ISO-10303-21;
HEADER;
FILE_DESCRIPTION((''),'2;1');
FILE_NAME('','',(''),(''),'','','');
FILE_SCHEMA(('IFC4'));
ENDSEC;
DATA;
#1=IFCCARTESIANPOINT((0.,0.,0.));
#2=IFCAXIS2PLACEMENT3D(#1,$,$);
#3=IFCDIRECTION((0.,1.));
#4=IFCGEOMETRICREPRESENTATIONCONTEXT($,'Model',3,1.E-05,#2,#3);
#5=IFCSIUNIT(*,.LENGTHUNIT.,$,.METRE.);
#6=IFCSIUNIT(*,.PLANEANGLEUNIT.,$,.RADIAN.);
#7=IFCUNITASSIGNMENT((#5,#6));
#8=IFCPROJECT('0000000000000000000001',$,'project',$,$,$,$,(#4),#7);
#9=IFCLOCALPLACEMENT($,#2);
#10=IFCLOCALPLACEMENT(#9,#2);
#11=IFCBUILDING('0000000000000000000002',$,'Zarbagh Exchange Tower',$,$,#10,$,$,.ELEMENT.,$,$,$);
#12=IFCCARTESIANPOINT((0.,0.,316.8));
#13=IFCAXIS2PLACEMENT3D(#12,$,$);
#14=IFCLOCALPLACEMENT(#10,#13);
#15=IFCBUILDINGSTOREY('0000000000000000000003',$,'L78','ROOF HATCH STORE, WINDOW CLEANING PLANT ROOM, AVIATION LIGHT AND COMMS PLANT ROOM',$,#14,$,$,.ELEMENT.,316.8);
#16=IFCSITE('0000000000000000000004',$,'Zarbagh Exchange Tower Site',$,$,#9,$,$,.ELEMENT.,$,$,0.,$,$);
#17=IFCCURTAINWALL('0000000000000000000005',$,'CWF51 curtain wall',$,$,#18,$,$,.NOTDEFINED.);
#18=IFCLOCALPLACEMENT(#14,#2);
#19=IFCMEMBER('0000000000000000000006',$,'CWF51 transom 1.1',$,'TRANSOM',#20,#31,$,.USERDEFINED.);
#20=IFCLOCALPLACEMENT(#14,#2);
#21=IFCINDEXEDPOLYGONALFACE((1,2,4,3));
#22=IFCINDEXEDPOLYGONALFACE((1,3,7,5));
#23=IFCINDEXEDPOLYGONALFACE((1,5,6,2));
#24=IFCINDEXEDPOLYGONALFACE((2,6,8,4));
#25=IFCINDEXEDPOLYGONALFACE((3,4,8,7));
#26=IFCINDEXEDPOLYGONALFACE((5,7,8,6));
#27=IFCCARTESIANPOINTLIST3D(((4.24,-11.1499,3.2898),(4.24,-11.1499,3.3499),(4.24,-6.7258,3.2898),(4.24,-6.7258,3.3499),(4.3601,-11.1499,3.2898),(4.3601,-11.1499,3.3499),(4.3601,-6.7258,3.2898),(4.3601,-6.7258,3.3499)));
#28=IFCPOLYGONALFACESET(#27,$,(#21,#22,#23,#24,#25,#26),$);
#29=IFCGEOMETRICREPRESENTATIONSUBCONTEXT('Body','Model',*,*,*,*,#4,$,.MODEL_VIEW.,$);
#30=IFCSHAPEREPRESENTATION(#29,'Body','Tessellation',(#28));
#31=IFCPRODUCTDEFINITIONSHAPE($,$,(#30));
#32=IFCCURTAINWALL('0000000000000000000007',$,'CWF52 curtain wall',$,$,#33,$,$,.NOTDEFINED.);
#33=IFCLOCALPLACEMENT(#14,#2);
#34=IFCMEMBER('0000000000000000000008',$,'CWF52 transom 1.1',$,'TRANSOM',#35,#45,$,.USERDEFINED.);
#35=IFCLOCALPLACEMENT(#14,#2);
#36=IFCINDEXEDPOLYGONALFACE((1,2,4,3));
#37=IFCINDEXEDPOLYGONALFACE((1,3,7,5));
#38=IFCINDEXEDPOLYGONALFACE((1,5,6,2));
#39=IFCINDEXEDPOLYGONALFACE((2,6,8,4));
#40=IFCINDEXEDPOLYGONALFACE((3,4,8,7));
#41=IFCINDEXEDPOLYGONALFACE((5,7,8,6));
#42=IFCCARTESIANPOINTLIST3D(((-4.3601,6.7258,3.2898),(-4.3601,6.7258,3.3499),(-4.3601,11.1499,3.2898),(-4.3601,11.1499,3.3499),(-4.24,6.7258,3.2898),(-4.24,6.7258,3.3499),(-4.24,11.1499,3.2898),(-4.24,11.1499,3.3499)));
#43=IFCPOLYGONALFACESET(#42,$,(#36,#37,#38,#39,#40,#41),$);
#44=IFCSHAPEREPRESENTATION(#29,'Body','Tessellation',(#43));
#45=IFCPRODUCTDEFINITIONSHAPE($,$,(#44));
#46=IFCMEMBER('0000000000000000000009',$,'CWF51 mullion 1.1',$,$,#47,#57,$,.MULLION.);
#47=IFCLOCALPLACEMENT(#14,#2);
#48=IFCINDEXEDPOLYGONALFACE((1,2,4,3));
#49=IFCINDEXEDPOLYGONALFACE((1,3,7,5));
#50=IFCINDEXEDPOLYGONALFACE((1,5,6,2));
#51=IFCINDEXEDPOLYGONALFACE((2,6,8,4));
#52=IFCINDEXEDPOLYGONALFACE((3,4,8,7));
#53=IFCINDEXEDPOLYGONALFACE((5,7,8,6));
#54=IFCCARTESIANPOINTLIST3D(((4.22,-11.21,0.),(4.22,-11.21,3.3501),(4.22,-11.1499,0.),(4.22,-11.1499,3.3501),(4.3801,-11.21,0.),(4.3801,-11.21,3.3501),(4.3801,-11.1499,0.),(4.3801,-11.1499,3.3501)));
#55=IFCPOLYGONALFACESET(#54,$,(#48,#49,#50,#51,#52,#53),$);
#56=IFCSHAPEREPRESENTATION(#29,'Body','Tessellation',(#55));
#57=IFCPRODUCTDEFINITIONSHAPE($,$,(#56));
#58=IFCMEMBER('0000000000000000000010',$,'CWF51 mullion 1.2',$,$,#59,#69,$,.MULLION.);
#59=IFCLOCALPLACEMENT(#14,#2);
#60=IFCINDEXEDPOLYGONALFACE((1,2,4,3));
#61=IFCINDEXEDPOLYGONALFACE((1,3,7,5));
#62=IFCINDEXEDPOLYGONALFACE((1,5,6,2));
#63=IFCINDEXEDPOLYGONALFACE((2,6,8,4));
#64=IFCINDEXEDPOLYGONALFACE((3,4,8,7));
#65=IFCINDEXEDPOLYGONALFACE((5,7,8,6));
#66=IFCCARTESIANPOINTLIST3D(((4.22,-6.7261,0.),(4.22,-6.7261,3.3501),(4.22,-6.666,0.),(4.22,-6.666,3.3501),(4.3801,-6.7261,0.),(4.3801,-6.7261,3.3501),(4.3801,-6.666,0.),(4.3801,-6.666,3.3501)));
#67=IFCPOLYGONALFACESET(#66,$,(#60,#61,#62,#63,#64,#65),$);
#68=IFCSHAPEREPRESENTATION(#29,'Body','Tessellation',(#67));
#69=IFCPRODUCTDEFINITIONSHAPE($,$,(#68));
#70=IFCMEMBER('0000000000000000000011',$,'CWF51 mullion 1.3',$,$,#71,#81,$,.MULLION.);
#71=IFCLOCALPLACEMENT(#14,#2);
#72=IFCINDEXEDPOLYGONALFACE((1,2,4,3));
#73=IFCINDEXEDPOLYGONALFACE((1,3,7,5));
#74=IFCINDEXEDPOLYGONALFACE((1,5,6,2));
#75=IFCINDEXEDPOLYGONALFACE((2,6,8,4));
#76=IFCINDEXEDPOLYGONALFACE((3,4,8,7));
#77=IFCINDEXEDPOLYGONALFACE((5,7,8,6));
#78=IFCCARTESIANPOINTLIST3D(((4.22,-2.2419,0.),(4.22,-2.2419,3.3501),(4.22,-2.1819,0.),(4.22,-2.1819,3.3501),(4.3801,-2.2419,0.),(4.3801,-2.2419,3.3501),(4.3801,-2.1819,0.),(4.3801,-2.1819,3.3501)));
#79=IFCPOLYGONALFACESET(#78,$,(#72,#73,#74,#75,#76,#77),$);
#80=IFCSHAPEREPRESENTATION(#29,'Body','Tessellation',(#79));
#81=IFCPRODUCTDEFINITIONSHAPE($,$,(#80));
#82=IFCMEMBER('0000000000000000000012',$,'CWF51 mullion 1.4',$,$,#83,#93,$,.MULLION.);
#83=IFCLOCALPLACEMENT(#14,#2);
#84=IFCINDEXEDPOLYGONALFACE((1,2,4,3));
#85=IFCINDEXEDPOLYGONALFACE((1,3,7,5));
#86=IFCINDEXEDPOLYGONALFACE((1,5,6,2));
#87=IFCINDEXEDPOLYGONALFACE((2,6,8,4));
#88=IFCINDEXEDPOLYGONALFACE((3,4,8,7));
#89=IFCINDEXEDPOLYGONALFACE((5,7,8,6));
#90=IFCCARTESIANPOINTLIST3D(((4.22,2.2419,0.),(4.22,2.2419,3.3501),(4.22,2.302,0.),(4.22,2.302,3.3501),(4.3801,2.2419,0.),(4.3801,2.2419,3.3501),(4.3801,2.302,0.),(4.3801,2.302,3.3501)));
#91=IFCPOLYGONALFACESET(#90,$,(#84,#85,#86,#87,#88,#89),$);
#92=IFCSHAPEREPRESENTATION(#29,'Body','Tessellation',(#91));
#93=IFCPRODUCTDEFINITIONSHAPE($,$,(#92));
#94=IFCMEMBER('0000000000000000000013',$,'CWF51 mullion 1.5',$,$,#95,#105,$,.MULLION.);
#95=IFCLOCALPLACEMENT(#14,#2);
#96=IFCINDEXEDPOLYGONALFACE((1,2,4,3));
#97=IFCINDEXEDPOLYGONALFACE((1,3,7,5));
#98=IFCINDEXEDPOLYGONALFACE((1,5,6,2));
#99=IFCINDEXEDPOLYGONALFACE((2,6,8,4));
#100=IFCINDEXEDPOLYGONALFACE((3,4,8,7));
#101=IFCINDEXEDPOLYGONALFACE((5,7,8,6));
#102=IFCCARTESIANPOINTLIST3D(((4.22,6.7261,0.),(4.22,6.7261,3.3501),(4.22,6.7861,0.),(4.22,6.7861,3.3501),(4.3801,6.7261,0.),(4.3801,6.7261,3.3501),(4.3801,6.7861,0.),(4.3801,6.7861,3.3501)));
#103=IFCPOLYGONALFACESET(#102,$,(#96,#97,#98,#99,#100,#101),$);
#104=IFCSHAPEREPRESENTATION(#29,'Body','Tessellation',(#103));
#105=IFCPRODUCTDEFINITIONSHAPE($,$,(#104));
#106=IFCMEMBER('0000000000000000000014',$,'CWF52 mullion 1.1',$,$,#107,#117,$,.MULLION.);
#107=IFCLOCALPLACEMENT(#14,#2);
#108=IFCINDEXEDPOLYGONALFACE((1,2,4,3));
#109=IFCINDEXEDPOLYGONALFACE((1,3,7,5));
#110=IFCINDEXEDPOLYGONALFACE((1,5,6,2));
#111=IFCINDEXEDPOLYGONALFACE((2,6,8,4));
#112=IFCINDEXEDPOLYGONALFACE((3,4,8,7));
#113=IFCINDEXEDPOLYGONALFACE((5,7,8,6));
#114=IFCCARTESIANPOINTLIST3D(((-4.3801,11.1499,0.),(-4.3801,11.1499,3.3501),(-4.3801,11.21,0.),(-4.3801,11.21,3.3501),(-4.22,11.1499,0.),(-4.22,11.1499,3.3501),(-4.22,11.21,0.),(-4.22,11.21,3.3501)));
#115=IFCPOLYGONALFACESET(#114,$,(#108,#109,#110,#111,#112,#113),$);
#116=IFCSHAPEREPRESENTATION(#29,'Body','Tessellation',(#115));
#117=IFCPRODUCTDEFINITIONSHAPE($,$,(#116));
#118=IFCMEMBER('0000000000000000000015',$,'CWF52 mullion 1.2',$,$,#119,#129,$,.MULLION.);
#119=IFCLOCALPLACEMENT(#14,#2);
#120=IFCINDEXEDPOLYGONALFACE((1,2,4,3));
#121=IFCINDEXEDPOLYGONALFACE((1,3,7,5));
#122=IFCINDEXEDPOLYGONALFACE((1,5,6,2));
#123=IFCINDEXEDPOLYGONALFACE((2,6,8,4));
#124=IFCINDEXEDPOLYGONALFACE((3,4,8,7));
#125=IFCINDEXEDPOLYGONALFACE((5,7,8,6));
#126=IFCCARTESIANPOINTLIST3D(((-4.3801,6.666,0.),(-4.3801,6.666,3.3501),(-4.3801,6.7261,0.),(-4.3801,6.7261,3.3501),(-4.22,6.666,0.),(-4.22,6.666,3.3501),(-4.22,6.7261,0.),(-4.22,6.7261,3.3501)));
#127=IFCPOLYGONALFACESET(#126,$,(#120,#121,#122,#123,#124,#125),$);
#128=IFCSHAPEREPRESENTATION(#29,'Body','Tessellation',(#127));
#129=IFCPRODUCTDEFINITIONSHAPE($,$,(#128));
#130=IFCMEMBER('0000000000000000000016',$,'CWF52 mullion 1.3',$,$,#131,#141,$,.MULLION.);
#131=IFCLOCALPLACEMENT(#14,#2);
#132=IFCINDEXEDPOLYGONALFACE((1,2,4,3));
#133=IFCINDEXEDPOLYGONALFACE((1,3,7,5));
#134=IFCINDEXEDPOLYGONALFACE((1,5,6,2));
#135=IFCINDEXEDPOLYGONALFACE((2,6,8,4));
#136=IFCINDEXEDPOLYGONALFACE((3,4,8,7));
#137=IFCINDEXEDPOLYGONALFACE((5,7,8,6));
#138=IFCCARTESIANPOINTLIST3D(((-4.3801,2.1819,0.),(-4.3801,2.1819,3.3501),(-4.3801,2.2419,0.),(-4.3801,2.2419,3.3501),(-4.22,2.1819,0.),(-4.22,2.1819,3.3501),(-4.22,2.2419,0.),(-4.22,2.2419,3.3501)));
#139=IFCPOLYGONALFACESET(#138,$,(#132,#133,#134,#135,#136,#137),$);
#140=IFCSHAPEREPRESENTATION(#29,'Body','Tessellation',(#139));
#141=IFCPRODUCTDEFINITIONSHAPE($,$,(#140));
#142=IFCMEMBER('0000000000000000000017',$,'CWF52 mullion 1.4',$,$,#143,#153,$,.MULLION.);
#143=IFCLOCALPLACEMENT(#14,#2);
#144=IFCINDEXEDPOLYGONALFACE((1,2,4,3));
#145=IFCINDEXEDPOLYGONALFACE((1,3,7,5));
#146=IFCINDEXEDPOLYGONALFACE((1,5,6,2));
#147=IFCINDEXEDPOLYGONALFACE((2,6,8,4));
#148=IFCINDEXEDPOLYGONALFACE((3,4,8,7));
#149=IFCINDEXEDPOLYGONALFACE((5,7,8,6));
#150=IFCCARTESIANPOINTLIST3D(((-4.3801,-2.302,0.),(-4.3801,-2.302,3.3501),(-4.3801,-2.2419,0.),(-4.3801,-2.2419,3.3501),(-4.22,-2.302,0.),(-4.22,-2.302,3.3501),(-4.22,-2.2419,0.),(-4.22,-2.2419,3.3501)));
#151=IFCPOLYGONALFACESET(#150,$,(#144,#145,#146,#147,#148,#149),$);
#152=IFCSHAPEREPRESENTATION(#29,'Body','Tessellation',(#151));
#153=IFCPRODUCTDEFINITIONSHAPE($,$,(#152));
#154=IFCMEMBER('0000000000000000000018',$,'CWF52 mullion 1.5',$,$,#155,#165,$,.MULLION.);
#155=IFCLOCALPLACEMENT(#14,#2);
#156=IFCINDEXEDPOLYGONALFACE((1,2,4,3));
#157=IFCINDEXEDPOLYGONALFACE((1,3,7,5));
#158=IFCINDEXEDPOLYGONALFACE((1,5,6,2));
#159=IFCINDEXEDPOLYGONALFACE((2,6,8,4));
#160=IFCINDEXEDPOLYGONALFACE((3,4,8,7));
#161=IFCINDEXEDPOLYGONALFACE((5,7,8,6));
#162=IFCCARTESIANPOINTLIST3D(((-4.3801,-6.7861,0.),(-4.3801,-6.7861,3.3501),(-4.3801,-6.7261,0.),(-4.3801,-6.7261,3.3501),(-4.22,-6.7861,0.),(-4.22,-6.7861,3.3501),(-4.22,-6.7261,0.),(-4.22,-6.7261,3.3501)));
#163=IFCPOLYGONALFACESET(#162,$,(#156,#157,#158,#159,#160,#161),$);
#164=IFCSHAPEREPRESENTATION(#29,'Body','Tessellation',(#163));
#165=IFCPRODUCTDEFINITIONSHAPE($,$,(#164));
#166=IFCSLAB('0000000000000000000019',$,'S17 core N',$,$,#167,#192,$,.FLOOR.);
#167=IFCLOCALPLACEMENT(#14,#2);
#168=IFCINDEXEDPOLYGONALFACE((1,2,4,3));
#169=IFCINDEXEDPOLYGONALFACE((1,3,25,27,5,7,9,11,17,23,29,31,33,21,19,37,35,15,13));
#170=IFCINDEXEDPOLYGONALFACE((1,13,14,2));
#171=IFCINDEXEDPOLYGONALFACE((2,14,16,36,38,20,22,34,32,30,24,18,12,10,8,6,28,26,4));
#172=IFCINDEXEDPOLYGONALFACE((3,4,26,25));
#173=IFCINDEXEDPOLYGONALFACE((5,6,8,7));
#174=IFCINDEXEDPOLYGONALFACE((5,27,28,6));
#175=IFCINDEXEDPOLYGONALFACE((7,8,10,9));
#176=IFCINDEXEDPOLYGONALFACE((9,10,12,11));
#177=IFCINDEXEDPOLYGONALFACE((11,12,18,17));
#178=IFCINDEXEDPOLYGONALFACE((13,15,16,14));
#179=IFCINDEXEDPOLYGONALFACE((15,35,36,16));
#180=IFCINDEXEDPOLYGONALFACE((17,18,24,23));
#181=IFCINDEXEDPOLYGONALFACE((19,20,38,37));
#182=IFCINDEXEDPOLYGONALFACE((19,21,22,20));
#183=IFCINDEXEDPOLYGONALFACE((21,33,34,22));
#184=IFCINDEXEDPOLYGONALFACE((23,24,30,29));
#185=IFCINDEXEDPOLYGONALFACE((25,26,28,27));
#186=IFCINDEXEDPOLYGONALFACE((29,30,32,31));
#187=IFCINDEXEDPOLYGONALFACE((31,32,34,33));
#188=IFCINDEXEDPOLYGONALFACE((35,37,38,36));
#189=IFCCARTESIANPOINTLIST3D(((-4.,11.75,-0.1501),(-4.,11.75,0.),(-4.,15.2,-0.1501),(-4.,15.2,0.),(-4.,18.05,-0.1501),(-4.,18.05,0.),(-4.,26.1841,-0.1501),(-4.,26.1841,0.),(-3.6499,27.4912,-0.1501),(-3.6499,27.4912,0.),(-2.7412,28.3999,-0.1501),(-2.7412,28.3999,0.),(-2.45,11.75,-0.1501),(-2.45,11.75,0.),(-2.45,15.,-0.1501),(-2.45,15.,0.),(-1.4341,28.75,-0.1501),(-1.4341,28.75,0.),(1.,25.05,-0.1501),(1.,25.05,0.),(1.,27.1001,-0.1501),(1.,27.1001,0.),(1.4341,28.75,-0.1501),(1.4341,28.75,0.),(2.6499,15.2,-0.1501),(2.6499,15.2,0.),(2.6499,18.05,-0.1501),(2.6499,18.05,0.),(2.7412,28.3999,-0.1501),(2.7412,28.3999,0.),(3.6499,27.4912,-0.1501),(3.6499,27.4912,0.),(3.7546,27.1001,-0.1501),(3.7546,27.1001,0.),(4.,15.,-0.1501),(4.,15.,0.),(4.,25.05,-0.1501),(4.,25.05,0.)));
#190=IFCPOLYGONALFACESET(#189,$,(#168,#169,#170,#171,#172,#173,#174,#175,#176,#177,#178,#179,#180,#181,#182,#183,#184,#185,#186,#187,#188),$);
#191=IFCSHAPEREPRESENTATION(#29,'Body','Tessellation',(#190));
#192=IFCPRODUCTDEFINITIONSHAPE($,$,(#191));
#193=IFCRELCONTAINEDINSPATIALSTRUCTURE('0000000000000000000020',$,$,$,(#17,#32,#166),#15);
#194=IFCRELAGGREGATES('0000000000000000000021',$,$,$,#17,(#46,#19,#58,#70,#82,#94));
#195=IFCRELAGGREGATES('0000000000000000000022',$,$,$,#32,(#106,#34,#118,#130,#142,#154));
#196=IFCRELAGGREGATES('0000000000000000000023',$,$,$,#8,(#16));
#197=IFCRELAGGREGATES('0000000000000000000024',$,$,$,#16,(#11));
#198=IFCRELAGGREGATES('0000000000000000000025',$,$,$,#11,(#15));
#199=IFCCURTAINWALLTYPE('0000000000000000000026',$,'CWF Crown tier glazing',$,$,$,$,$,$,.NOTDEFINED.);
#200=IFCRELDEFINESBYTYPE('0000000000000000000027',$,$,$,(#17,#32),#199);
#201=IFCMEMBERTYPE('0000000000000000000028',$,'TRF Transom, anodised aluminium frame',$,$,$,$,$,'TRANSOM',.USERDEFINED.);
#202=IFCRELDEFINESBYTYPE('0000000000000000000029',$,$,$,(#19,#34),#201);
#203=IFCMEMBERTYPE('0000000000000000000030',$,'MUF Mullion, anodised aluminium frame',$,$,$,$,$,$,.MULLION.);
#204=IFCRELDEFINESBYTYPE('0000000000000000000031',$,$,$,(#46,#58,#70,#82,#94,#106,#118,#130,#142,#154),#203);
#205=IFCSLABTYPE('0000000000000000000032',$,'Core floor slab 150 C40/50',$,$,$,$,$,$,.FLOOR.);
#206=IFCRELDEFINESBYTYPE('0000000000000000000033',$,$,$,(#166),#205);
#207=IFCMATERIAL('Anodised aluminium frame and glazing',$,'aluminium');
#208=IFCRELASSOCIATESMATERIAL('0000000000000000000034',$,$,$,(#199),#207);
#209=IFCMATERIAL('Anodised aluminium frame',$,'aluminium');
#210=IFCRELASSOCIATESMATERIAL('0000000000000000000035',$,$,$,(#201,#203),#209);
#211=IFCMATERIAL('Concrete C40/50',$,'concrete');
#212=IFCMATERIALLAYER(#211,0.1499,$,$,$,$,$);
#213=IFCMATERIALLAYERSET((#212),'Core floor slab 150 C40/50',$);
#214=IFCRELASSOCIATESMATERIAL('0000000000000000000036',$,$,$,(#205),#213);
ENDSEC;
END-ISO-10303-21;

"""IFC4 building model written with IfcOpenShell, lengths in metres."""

from ifc_helpers import new_model, si_unit, direction, frame, origin, place, context, subcontext, project, spatial, polyline, outline, extrude, source, transform, mapped, material, layer, layer_set, type_object, element, aggregate, save


model = new_model("IFC4")

# Units and contexts
model_context = context("Model", 3, precision=1e-05, world=origin(), true_north=direction((0.0, 1.0)))
body_context = subcontext(model_context, "Body", "Model", "MODEL_VIEW")
ifc_project = project(units=[si_unit("LENGTHUNIT", "METRE"), si_unit("PLANEANGLEUNIT", "RADIAN")], contexts=[model_context])

# Site, building, storey
site_placement = place(None, origin())
site = spatial("IfcSite", under=ifc_project, at=site_placement, Name="Zarbagh Exchange Tower Site", CompositionType="ELEMENT", RefElevation=0.0)
building_placement = place(site_placement, origin())
building = spatial("IfcBuilding", under=site, at=building_placement, Name="Zarbagh Exchange Tower", CompositionType="ELEMENT")
storey_placement = place(building_placement, frame((0.0, 0.0, 316.8)))
storey = spatial("IfcBuildingStorey", under=building, at=storey_placement, Name="L78", Description="ROOF HATCH STORE, WINDOW CLEANING PLANT ROOM, AVIATION LIGHT AND COMMS PLANT ROOM", CompositionType="ELEMENT", Elevation=316.8)

# Curtain walls, members
ifc_material_1 = material(Name="Anodised aluminium frame and glazing", Category="aluminium")
curtain_wall_type = type_object("IfcCurtainWallType", Name="CWF Crown tier glazing", PredefinedType="NOTDEFINED", material=ifc_material_1)
curtain_wall_1_placement = place(storey_placement, origin())
curtain_wall_1 = element("IfcCurtainWall", 1, at=curtain_wall_1_placement, inside=storey, type_object=curtain_wall_type, Name="CWF51 curtain wall", PredefinedType="NOTDEFINED")
ifc_material_2 = material(Name="Anodised aluminium frame", Category="aluminium")
member_type_1 = type_object("IfcMemberType", Name="TRF Transom, anodised aluminium frame", ElementType="TRANSOM", PredefinedType="USERDEFINED", material=ifc_material_2)
shared_shape_1 = source(origin(), body_context, "Body", "SweptSolid", [
    extrude(outline(polyline([(-0.0601, -0.0601), (0.0, -0.0601), (0.0, 0.0601), (-0.0601, 0.0601), (-0.0601, -0.0601)])), origin(), (0.0, 0.0, 1.0), 4.4241),
])
placement = place(storey_placement, origin())
member_1 = element("IfcMember", 2, at=placement, type_object=member_type_1, Name="CWF51 transom 1.1", ObjectType="TRANSOM", PredefinedType="USERDEFINED", context=body_context, shape_type="MappedRepresentation", body=[
    mapped(shared_shape_1, transform((4.3, -11.1499, 3.3499), x_axis=(0.0, 0.0, 1.0), y_axis=(1.0, 0.0, 0.0), z_axis=(0.0, 1.0, 0.0))),
])
curtain_wall_2_placement = place(storey_placement, origin())
curtain_wall_2 = element("IfcCurtainWall", 3, at=curtain_wall_2_placement, inside=storey, type_object=curtain_wall_type, Name="CWF52 curtain wall", PredefinedType="NOTDEFINED")
member_2 = element("IfcMember", 4, at=placement, type_object=member_type_1, Name="CWF52 transom 1.1", ObjectType="TRANSOM", PredefinedType="USERDEFINED", context=body_context, shape_type="MappedRepresentation", body=[
    mapped(shared_shape_1, transform((-4.3, 11.1499, 3.3499), x_axis=(0.0, 0.0, 1.0), y_axis=(-1.0, 0.0, 0.0), z_axis=(0.0, -1.0, 0.0))),
])

# Members
member_type_2 = type_object("IfcMemberType", Name="MUF Mullion, anodised aluminium frame", PredefinedType="MULLION", material=ifc_material_2)
shared_shape_2 = source(origin(), body_context, "Body", "SweptSolid", [
    extrude(outline(polyline([(0.0, -0.0801), (0.0601, -0.0801), (0.0601, 0.0801), (0.0, 0.0801), (0.0, -0.0801)])), origin(), (0.0, 0.0, 1.0), 3.3501),
])
member_3 = element("IfcMember", 5, at=placement, type_object=member_type_2, Name="CWF51 mullion 1.1", PredefinedType="MULLION", context=body_context, shape_type="MappedRepresentation", body=[
    mapped(shared_shape_2, transform((4.3, -11.21, 0.0), x_axis=(0.0, 1.0, 0.0), y_axis=(-1.0, 0.0, 0.0), z_axis=(0.0, 0.0, 1.0))),
])
member_4 = element("IfcMember", 6, at=placement, type_object=member_type_2, Name="CWF51 mullion 1.2", PredefinedType="MULLION", context=body_context, shape_type="MappedRepresentation", body=[
    mapped(shared_shape_2, transform((4.3, -6.7261, 0.0), x_axis=(0.0, 1.0, 0.0), y_axis=(-1.0, 0.0, 0.0), z_axis=(0.0, 0.0, 1.0))),
])
member_5 = element("IfcMember", 7, at=placement, type_object=member_type_2, Name="CWF51 mullion 1.3", PredefinedType="MULLION", context=body_context, shape_type="MappedRepresentation", body=[
    mapped(shared_shape_2, transform((4.3, -2.2419, 0.0), x_axis=(0.0, 1.0, 0.0), y_axis=(-1.0, 0.0, 0.0), z_axis=(0.0, 0.0, 1.0))),
])
member_6 = element("IfcMember", 8, at=placement, type_object=member_type_2, Name="CWF51 mullion 1.4", PredefinedType="MULLION", context=body_context, shape_type="MappedRepresentation", body=[
    mapped(shared_shape_2, transform((4.3, 2.2419, 0.0), x_axis=(0.0, 1.0, 0.0), y_axis=(-1.0, 0.0, 0.0), z_axis=(0.0, 0.0, 1.0))),
])
member_7 = element("IfcMember", 9, at=placement, type_object=member_type_2, Name="CWF51 mullion 1.5", PredefinedType="MULLION", context=body_context, shape_type="MappedRepresentation", body=[
    mapped(shared_shape_2, transform((4.3, 6.7261, 0.0), x_axis=(0.0, 1.0, 0.0), y_axis=(-1.0, 0.0, 0.0), z_axis=(0.0, 0.0, 1.0))),
])
member_8 = element("IfcMember", 10, at=placement, type_object=member_type_2, Name="CWF52 mullion 1.1", PredefinedType="MULLION", context=body_context, shape_type="MappedRepresentation", body=[
    mapped(shared_shape_2, transform((-4.3, 11.21, 0.0), x_axis=(0.0, -1.0, 0.0), y_axis=(1.0, 0.0, 0.0), z_axis=(0.0, 0.0, 1.0))),
])
member_9 = element("IfcMember", 11, at=placement, type_object=member_type_2, Name="CWF52 mullion 1.2", PredefinedType="MULLION", context=body_context, shape_type="MappedRepresentation", body=[
    mapped(shared_shape_2, transform((-4.3, 6.7261, 0.0), x_axis=(0.0, -1.0, 0.0), y_axis=(1.0, 0.0, 0.0), z_axis=(0.0, 0.0, 1.0))),
])
member_10 = element("IfcMember", 12, at=placement, type_object=member_type_2, Name="CWF52 mullion 1.3", PredefinedType="MULLION", context=body_context, shape_type="MappedRepresentation", body=[
    mapped(shared_shape_2, transform((-4.3, 2.2419, 0.0), x_axis=(0.0, -1.0, 0.0), y_axis=(1.0, 0.0, 0.0), z_axis=(0.0, 0.0, 1.0))),
])
member_11 = element("IfcMember", 13, at=placement, type_object=member_type_2, Name="CWF52 mullion 1.4", PredefinedType="MULLION", context=body_context, shape_type="MappedRepresentation", body=[
    mapped(shared_shape_2, transform((-4.3, -2.2419, 0.0), x_axis=(0.0, -1.0, 0.0), y_axis=(1.0, 0.0, 0.0), z_axis=(0.0, 0.0, 1.0))),
])
member_12 = element("IfcMember", 14, at=placement, type_object=member_type_2, Name="CWF52 mullion 1.5", PredefinedType="MULLION", context=body_context, shape_type="MappedRepresentation", body=[
    mapped(shared_shape_2, transform((-4.3, -6.7261, 0.0), x_axis=(0.0, -1.0, 0.0), y_axis=(1.0, 0.0, 0.0), z_axis=(0.0, 0.0, 1.0))),
])

# Slab
ifc_material_3 = material(Name="Concrete C40/50", Category="concrete")
ifc_layer_1 = layer(ifc_material_3, 0.1499)
ifc_layer_set_1 = layer_set([ifc_layer_1], Name="Core floor slab 150 C40/50")
slab_type = type_object("IfcSlabType", Name="Core floor slab 150 C40/50", PredefinedType="FLOOR", material=ifc_layer_set_1)
slab_1_placement = place(storey_placement, frame((0.0, 0.0, -0.1501)))
element("IfcSlab", 15, at=slab_1_placement, inside=storey, type_object=slab_type, Name="S17 core N", PredefinedType="FLOOR", context=body_context, shape_type="SweptSolid", body=[
    extrude(outline(polyline([(-4.0, 11.75), (-4.0, 15.2), (2.6499, 15.2), (2.6499, 18.05), (-4.0, 18.05), (-4.0, 26.1841), (-3.6499, 27.4912), (-2.7412, 28.3999), (-1.4341, 28.75), (1.4341, 28.75), (2.7412, 28.3999), (3.6499, 27.4912), (3.8577, 26.7151), (3.7546, 27.1001), (1.0, 27.1001), (1.0, 25.05), (4.0, 25.05), (4.0, 15.0), (-2.45, 15.0), (-2.45, 11.75), (-4.0, 11.75)])), origin(), (0.0, 0.0, 1.0), 0.1501),
])

aggregate(curtain_wall_1, [member_3, member_1, member_4, member_5, member_6, member_7])
aggregate(curtain_wall_2, [member_8, member_2, member_9, member_10, member_11, member_12])

save(model, "model.ifc")
